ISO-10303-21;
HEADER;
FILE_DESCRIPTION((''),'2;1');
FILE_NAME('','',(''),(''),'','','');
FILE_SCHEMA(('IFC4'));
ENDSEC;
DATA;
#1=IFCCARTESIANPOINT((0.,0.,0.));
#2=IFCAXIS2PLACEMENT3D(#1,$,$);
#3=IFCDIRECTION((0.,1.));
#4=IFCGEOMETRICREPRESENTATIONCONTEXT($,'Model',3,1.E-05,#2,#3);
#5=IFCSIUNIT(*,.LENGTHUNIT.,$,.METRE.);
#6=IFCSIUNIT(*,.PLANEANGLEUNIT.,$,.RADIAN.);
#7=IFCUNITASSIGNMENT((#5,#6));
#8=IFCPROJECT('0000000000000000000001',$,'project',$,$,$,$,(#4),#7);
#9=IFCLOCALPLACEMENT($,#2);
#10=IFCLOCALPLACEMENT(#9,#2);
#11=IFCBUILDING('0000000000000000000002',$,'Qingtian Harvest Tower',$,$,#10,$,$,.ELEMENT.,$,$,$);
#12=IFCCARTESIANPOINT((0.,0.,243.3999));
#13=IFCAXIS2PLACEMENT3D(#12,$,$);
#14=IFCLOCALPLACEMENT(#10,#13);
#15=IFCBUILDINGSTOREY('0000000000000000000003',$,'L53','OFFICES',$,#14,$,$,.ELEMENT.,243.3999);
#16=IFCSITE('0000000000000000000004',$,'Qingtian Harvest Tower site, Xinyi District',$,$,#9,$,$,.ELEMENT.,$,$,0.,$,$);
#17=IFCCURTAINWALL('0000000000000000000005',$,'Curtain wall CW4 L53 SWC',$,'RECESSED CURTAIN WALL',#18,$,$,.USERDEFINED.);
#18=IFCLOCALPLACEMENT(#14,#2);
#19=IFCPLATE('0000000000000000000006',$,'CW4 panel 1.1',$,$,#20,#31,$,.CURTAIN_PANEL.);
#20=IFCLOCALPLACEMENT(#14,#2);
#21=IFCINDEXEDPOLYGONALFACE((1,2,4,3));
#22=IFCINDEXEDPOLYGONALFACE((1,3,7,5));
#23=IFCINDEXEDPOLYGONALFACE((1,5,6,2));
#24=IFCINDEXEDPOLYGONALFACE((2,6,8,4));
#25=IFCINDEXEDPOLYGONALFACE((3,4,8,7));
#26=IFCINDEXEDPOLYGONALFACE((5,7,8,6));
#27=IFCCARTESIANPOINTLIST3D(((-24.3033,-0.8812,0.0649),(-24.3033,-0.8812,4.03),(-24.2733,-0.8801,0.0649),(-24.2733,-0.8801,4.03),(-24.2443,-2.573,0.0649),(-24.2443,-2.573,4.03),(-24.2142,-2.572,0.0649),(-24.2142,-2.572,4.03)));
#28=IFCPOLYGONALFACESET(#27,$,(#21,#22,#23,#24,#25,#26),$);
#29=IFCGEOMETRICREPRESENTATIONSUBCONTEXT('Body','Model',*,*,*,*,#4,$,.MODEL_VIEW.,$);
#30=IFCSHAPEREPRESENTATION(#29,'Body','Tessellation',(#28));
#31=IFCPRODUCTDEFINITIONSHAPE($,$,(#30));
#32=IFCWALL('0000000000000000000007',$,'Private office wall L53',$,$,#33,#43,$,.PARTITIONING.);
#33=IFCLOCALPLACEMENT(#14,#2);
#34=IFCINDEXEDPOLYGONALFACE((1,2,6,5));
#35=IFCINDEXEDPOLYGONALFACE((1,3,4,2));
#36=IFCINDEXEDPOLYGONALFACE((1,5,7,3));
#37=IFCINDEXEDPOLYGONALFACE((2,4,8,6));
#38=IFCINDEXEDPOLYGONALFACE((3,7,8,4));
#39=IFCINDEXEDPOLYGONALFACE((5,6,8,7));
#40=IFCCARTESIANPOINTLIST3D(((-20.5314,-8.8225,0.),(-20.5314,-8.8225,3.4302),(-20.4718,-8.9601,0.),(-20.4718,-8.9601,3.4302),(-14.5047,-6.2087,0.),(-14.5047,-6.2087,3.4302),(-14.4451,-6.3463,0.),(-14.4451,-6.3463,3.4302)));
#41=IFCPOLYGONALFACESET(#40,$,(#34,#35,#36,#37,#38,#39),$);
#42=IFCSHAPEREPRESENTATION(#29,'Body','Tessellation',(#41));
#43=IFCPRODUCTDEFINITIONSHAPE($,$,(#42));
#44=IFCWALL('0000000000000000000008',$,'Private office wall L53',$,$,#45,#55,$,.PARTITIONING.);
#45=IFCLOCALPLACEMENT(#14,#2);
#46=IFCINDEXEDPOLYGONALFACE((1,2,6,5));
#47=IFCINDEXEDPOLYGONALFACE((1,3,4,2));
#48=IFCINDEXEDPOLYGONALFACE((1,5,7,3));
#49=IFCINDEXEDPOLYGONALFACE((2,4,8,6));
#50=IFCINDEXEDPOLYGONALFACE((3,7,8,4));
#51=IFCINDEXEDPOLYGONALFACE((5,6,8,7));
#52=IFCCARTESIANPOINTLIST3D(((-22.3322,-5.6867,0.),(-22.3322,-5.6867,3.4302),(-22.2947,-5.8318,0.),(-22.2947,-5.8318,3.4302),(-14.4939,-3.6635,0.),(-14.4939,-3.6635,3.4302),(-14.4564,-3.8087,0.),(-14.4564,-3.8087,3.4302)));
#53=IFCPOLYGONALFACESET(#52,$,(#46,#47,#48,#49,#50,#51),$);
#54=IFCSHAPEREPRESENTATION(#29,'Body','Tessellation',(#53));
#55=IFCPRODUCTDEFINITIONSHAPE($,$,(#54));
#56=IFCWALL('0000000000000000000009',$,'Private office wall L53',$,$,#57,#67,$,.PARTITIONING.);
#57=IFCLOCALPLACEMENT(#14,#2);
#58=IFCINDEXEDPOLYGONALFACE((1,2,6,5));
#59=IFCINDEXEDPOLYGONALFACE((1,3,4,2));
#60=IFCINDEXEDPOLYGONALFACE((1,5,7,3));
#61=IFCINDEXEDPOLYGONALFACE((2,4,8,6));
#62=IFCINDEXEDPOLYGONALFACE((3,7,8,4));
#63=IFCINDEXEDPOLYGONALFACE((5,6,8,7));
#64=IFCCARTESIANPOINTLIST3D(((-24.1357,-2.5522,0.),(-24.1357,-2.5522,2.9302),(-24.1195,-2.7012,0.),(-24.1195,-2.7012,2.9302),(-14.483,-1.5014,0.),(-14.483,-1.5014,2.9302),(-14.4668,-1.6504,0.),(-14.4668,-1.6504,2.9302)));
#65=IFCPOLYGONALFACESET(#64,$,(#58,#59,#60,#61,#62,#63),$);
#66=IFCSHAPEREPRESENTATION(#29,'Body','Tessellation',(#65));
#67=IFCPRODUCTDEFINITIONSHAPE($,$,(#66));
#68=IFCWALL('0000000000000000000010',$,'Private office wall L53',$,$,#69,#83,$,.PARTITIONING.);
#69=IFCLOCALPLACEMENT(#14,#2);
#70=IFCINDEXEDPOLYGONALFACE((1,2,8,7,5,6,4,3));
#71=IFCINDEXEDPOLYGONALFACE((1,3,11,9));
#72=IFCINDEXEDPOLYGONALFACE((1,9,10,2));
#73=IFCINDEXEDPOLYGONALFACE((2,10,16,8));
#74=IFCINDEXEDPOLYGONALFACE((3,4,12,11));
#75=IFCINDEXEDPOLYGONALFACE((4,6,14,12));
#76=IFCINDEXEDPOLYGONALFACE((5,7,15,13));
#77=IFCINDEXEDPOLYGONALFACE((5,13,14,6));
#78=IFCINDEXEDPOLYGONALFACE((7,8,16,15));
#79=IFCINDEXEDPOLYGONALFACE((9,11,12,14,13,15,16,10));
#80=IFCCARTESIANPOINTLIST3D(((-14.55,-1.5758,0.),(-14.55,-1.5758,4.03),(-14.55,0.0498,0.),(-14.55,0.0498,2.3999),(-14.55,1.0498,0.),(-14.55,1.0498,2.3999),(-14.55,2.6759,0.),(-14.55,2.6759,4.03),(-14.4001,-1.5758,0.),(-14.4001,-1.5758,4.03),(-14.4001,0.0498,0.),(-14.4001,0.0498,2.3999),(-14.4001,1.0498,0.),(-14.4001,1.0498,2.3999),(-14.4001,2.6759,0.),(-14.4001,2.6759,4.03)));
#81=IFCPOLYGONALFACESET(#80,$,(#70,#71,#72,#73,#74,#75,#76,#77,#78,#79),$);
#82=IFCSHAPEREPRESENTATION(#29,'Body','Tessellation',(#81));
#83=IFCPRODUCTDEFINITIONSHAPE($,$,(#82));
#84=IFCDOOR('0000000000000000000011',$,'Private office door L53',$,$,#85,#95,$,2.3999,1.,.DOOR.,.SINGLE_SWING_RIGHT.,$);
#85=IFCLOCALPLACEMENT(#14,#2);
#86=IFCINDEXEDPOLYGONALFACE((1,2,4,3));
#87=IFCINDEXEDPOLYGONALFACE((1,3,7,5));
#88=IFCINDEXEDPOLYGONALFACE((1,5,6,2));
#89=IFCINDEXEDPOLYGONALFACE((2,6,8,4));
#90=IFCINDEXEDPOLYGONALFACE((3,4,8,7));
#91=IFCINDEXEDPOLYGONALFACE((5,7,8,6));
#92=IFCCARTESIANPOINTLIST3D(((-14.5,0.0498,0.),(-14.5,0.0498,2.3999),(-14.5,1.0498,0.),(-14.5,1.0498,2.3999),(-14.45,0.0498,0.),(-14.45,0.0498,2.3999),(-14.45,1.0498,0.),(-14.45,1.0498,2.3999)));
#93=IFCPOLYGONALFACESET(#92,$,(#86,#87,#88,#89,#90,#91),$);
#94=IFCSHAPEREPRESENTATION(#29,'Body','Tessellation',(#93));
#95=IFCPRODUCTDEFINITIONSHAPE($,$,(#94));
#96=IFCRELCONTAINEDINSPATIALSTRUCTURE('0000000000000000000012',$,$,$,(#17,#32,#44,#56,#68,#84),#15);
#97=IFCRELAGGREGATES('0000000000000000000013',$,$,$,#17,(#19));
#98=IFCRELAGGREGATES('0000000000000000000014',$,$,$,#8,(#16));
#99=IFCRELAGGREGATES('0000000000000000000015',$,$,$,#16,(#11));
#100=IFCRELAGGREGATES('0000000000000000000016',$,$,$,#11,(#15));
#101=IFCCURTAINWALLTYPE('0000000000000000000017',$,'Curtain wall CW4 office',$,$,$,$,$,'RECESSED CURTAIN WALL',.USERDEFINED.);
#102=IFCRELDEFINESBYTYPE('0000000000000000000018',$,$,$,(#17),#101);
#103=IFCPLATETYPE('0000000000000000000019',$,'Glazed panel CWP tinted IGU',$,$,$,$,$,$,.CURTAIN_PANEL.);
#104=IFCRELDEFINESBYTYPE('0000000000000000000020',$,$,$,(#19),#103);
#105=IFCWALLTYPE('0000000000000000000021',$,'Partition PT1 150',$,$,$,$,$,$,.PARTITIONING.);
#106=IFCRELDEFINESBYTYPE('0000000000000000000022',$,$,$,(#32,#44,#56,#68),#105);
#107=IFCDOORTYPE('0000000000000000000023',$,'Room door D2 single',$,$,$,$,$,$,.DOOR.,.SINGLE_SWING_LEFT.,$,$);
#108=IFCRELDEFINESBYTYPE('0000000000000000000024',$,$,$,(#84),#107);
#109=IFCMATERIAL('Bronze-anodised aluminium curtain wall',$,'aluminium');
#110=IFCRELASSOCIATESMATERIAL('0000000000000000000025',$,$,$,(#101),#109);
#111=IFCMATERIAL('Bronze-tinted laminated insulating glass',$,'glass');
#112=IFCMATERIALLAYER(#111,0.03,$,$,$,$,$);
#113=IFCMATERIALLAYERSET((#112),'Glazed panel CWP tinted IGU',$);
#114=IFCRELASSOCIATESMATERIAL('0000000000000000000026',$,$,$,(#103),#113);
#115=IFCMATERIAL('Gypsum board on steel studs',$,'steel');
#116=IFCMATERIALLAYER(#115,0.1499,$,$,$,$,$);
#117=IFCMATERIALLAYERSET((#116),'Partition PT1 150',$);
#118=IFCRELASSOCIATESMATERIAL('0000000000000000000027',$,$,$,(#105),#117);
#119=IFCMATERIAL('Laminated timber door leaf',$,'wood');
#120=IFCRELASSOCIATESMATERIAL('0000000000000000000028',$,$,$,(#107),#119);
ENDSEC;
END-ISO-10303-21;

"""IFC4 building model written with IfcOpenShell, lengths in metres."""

from ifc_helpers import new_model, si_unit, direction, frame, frame_2d, origin, origin_2d, place, context, subcontext, project, spatial, rectangle, extrude, material, layer, layer_set, type_object, element, fill, aggregate, save


model = new_model("IFC4")

# Units and contexts
model_context = context("Model", 3, precision=1e-05, world=origin(), true_north=direction((0.0, 1.0)))
body_context = subcontext(model_context, "Body", "Model", "MODEL_VIEW")
ifc_project = project(units=[si_unit("LENGTHUNIT", "METRE"), si_unit("PLANEANGLEUNIT", "RADIAN")], contexts=[model_context])

# Site, building, storey
site_placement = place(None, origin())
site = spatial("IfcSite", under=ifc_project, at=site_placement, Name="Qingtian Harvest Tower site, Xinyi District", CompositionType="ELEMENT", RefElevation=0.0)
building_placement = place(site_placement, origin())
building = spatial("IfcBuilding", under=site, at=building_placement, Name="Qingtian Harvest Tower", CompositionType="ELEMENT")
storey_placement = place(building_placement, frame((0.0, 0.0, 243.3999)))
storey = spatial("IfcBuildingStorey", under=building, at=storey_placement, Name="L53", Description="OFFICES", CompositionType="ELEMENT", Elevation=243.3999)

# Curtain wall
ifc_material_1 = material(Name="Bronze-anodised aluminium curtain wall", Category="aluminium")
curtain_wall_type = type_object("IfcCurtainWallType", Name="Curtain wall CW4 office", ElementType="RECESSED CURTAIN WALL", PredefinedType="USERDEFINED", material=ifc_material_1)
curtain_wall_1_placement = place(storey_placement, origin())
curtain_wall_1 = element("IfcCurtainWall", 1, at=curtain_wall_1_placement, inside=storey, type_object=curtain_wall_type, Name="Curtain wall CW4 L53 SWC", ObjectType="RECESSED CURTAIN WALL", PredefinedType="USERDEFINED")

# Plate
ifc_material_2 = material(Name="Bronze-tinted laminated insulating glass", Category="glass")
ifc_layer_1 = layer(ifc_material_2, 0.03)
ifc_layer_set_1 = layer_set([ifc_layer_1], Name="Glazed panel CWP tinted IGU")
plate_type = type_object("IfcPlateType", Name="Glazed panel CWP tinted IGU", PredefinedType="CURTAIN_PANEL", material=ifc_layer_set_1)
plate_1_placement = place(storey_placement, frame((-24.2588, -1.7266, 0.0649), z_axis=(0.0, 0.0, 1.0), x_axis=(-0.034899, 0.999391, 0.0)))
plate_1 = element("IfcPlate", 2, at=plate_1_placement, type_object=plate_type, Name="CW4 panel 1.1", PredefinedType="CURTAIN_PANEL", context=body_context, shape_type="SweptSolid", body=[
    extrude(rectangle(XDim=1.6929, YDim=0.03, at=origin_2d()), origin(), (0.0, 0.0, 1.0), 3.9651),
])
aggregate(curtain_wall_1, [plate_1])

# Shared definitions
ifc_material_3 = material(Name="Gypsum board on steel studs", Category="steel")
ifc_layer_2 = layer(ifc_material_3, 0.1499)
ifc_layer_set_2 = layer_set([ifc_layer_2], Name="Partition PT1 150")
wall_type = type_object("IfcWallType", Name="Partition PT1 150", PredefinedType="PARTITIONING", material=ifc_layer_set_2)
ifc_material_4 = material(Name="Laminated timber door leaf", Category="wood")
door_type = type_object("IfcDoorType", Name="Room door D2 single", OperationType="SINGLE_SWING_LEFT", PredefinedType="DOOR", material=ifc_material_4)

# Wall
wall_1_placement = place(storey_placement, frame((-20.5017, -8.8914, 0.0), z_axis=(0.0, 0.0, 1.0), x_axis=(0.917431, 0.397894, 0.0)))
element("IfcWall", 3, at=wall_1_placement, inside=storey, type_object=wall_type, Name="Private office wall L53", PredefinedType="PARTITIONING", context=body_context, shape_type="SweptSolid", body=[
    extrude(rectangle(XDim=6.5691, YDim=0.1499, at=frame_2d((3.2847, 0.0))), origin(), (0.0, 0.0, 1.0), 3.4302),
])

# Wall
wall_2_placement = place(storey_placement, frame((-22.3135, -5.7593, 0.0), z_axis=(0.0, 0.0, 1.0), x_axis=(0.968266, 0.249923, 0.0)))
element("IfcWall", 4, at=wall_2_placement, inside=storey, type_object=wall_type, Name="Private office wall L53", PredefinedType="PARTITIONING", context=body_context, shape_type="SweptSolid", body=[
    extrude(rectangle(XDim=8.0952, YDim=0.1499, at=frame_2d((4.0476, 0.0))), origin(), (0.0, 0.0, 1.0), 3.4302),
])

# Wall
wall_3_placement = place(storey_placement, frame((-24.1277, -2.6267, 0.0), z_axis=(0.0, 0.0, 1.0), x_axis=(0.994127, 0.108221, 0.0)))
element("IfcWall", 5, at=wall_3_placement, inside=storey, type_object=wall_type, Name="Private office wall L53", PredefinedType="PARTITIONING", context=body_context, shape_type="SweptSolid", body=[
    extrude(rectangle(XDim=9.7097, YDim=0.1499, at=frame_2d((4.855, 0.0))), origin(), (0.0, 0.0, 1.0), 2.9302),
])

# Wall, opening, door
wall_4_placement = place(storey_placement, frame((-14.4751, -1.5759, 0.0), z_axis=(0.0, 0.0, 1.0), x_axis=(0.0, 1.0, 0.0)))
wall_4 = element("IfcWall", 6, at=wall_4_placement, inside=storey, type_object=wall_type, Name="Private office wall L53", PredefinedType="PARTITIONING", context=body_context, shape_type="SweptSolid", body=[
    extrude(rectangle(XDim=4.2517, YDim=0.1499, at=frame_2d((2.126, 0.0))), origin(), (0.0, 0.0, 1.0), 4.03),
])
opening_1_placement = place(wall_4_placement, frame((1.6257, 0.0, 0.0)))
opening_1 = element("IfcOpeningElement", 7, at=opening_1_placement, cuts=wall_4, PredefinedType="OPENING", context=body_context, shape_type="SweptSolid", body=[
    extrude(rectangle(XDim=1.0, YDim=2.3999, at=frame_2d((0.5, 1.2))), frame((0.0, 0.085, 0.0), z_axis=(0.0, -1.0, 0.0), x_axis=(1.0, 0.0, 0.0)), (0.0, 0.0, 1.0), 0.1699),
])
door_1_placement = place(opening_1_placement, origin())
door_1 = element("IfcDoor", 8, at=door_1_placement, inside=storey, type_object=door_type, Name="Private office door L53", OperationType="SINGLE_SWING_RIGHT", OverallHeight=2.3999, OverallWidth=1.0, PredefinedType="DOOR", context=body_context, shape_type="SweptSolid", body=[
    extrude(rectangle(XDim=1.0, YDim=2.3999, at=frame_2d((0.5, 1.2))), frame((0.0, 0.0249, 0.0), z_axis=(0.0, -1.0, 0.0), x_axis=(1.0, 0.0, 0.0)), (0.0, 0.0, 1.0), 0.05),
])
fill(opening_1, door_1)

save(model, "model.ifc")
